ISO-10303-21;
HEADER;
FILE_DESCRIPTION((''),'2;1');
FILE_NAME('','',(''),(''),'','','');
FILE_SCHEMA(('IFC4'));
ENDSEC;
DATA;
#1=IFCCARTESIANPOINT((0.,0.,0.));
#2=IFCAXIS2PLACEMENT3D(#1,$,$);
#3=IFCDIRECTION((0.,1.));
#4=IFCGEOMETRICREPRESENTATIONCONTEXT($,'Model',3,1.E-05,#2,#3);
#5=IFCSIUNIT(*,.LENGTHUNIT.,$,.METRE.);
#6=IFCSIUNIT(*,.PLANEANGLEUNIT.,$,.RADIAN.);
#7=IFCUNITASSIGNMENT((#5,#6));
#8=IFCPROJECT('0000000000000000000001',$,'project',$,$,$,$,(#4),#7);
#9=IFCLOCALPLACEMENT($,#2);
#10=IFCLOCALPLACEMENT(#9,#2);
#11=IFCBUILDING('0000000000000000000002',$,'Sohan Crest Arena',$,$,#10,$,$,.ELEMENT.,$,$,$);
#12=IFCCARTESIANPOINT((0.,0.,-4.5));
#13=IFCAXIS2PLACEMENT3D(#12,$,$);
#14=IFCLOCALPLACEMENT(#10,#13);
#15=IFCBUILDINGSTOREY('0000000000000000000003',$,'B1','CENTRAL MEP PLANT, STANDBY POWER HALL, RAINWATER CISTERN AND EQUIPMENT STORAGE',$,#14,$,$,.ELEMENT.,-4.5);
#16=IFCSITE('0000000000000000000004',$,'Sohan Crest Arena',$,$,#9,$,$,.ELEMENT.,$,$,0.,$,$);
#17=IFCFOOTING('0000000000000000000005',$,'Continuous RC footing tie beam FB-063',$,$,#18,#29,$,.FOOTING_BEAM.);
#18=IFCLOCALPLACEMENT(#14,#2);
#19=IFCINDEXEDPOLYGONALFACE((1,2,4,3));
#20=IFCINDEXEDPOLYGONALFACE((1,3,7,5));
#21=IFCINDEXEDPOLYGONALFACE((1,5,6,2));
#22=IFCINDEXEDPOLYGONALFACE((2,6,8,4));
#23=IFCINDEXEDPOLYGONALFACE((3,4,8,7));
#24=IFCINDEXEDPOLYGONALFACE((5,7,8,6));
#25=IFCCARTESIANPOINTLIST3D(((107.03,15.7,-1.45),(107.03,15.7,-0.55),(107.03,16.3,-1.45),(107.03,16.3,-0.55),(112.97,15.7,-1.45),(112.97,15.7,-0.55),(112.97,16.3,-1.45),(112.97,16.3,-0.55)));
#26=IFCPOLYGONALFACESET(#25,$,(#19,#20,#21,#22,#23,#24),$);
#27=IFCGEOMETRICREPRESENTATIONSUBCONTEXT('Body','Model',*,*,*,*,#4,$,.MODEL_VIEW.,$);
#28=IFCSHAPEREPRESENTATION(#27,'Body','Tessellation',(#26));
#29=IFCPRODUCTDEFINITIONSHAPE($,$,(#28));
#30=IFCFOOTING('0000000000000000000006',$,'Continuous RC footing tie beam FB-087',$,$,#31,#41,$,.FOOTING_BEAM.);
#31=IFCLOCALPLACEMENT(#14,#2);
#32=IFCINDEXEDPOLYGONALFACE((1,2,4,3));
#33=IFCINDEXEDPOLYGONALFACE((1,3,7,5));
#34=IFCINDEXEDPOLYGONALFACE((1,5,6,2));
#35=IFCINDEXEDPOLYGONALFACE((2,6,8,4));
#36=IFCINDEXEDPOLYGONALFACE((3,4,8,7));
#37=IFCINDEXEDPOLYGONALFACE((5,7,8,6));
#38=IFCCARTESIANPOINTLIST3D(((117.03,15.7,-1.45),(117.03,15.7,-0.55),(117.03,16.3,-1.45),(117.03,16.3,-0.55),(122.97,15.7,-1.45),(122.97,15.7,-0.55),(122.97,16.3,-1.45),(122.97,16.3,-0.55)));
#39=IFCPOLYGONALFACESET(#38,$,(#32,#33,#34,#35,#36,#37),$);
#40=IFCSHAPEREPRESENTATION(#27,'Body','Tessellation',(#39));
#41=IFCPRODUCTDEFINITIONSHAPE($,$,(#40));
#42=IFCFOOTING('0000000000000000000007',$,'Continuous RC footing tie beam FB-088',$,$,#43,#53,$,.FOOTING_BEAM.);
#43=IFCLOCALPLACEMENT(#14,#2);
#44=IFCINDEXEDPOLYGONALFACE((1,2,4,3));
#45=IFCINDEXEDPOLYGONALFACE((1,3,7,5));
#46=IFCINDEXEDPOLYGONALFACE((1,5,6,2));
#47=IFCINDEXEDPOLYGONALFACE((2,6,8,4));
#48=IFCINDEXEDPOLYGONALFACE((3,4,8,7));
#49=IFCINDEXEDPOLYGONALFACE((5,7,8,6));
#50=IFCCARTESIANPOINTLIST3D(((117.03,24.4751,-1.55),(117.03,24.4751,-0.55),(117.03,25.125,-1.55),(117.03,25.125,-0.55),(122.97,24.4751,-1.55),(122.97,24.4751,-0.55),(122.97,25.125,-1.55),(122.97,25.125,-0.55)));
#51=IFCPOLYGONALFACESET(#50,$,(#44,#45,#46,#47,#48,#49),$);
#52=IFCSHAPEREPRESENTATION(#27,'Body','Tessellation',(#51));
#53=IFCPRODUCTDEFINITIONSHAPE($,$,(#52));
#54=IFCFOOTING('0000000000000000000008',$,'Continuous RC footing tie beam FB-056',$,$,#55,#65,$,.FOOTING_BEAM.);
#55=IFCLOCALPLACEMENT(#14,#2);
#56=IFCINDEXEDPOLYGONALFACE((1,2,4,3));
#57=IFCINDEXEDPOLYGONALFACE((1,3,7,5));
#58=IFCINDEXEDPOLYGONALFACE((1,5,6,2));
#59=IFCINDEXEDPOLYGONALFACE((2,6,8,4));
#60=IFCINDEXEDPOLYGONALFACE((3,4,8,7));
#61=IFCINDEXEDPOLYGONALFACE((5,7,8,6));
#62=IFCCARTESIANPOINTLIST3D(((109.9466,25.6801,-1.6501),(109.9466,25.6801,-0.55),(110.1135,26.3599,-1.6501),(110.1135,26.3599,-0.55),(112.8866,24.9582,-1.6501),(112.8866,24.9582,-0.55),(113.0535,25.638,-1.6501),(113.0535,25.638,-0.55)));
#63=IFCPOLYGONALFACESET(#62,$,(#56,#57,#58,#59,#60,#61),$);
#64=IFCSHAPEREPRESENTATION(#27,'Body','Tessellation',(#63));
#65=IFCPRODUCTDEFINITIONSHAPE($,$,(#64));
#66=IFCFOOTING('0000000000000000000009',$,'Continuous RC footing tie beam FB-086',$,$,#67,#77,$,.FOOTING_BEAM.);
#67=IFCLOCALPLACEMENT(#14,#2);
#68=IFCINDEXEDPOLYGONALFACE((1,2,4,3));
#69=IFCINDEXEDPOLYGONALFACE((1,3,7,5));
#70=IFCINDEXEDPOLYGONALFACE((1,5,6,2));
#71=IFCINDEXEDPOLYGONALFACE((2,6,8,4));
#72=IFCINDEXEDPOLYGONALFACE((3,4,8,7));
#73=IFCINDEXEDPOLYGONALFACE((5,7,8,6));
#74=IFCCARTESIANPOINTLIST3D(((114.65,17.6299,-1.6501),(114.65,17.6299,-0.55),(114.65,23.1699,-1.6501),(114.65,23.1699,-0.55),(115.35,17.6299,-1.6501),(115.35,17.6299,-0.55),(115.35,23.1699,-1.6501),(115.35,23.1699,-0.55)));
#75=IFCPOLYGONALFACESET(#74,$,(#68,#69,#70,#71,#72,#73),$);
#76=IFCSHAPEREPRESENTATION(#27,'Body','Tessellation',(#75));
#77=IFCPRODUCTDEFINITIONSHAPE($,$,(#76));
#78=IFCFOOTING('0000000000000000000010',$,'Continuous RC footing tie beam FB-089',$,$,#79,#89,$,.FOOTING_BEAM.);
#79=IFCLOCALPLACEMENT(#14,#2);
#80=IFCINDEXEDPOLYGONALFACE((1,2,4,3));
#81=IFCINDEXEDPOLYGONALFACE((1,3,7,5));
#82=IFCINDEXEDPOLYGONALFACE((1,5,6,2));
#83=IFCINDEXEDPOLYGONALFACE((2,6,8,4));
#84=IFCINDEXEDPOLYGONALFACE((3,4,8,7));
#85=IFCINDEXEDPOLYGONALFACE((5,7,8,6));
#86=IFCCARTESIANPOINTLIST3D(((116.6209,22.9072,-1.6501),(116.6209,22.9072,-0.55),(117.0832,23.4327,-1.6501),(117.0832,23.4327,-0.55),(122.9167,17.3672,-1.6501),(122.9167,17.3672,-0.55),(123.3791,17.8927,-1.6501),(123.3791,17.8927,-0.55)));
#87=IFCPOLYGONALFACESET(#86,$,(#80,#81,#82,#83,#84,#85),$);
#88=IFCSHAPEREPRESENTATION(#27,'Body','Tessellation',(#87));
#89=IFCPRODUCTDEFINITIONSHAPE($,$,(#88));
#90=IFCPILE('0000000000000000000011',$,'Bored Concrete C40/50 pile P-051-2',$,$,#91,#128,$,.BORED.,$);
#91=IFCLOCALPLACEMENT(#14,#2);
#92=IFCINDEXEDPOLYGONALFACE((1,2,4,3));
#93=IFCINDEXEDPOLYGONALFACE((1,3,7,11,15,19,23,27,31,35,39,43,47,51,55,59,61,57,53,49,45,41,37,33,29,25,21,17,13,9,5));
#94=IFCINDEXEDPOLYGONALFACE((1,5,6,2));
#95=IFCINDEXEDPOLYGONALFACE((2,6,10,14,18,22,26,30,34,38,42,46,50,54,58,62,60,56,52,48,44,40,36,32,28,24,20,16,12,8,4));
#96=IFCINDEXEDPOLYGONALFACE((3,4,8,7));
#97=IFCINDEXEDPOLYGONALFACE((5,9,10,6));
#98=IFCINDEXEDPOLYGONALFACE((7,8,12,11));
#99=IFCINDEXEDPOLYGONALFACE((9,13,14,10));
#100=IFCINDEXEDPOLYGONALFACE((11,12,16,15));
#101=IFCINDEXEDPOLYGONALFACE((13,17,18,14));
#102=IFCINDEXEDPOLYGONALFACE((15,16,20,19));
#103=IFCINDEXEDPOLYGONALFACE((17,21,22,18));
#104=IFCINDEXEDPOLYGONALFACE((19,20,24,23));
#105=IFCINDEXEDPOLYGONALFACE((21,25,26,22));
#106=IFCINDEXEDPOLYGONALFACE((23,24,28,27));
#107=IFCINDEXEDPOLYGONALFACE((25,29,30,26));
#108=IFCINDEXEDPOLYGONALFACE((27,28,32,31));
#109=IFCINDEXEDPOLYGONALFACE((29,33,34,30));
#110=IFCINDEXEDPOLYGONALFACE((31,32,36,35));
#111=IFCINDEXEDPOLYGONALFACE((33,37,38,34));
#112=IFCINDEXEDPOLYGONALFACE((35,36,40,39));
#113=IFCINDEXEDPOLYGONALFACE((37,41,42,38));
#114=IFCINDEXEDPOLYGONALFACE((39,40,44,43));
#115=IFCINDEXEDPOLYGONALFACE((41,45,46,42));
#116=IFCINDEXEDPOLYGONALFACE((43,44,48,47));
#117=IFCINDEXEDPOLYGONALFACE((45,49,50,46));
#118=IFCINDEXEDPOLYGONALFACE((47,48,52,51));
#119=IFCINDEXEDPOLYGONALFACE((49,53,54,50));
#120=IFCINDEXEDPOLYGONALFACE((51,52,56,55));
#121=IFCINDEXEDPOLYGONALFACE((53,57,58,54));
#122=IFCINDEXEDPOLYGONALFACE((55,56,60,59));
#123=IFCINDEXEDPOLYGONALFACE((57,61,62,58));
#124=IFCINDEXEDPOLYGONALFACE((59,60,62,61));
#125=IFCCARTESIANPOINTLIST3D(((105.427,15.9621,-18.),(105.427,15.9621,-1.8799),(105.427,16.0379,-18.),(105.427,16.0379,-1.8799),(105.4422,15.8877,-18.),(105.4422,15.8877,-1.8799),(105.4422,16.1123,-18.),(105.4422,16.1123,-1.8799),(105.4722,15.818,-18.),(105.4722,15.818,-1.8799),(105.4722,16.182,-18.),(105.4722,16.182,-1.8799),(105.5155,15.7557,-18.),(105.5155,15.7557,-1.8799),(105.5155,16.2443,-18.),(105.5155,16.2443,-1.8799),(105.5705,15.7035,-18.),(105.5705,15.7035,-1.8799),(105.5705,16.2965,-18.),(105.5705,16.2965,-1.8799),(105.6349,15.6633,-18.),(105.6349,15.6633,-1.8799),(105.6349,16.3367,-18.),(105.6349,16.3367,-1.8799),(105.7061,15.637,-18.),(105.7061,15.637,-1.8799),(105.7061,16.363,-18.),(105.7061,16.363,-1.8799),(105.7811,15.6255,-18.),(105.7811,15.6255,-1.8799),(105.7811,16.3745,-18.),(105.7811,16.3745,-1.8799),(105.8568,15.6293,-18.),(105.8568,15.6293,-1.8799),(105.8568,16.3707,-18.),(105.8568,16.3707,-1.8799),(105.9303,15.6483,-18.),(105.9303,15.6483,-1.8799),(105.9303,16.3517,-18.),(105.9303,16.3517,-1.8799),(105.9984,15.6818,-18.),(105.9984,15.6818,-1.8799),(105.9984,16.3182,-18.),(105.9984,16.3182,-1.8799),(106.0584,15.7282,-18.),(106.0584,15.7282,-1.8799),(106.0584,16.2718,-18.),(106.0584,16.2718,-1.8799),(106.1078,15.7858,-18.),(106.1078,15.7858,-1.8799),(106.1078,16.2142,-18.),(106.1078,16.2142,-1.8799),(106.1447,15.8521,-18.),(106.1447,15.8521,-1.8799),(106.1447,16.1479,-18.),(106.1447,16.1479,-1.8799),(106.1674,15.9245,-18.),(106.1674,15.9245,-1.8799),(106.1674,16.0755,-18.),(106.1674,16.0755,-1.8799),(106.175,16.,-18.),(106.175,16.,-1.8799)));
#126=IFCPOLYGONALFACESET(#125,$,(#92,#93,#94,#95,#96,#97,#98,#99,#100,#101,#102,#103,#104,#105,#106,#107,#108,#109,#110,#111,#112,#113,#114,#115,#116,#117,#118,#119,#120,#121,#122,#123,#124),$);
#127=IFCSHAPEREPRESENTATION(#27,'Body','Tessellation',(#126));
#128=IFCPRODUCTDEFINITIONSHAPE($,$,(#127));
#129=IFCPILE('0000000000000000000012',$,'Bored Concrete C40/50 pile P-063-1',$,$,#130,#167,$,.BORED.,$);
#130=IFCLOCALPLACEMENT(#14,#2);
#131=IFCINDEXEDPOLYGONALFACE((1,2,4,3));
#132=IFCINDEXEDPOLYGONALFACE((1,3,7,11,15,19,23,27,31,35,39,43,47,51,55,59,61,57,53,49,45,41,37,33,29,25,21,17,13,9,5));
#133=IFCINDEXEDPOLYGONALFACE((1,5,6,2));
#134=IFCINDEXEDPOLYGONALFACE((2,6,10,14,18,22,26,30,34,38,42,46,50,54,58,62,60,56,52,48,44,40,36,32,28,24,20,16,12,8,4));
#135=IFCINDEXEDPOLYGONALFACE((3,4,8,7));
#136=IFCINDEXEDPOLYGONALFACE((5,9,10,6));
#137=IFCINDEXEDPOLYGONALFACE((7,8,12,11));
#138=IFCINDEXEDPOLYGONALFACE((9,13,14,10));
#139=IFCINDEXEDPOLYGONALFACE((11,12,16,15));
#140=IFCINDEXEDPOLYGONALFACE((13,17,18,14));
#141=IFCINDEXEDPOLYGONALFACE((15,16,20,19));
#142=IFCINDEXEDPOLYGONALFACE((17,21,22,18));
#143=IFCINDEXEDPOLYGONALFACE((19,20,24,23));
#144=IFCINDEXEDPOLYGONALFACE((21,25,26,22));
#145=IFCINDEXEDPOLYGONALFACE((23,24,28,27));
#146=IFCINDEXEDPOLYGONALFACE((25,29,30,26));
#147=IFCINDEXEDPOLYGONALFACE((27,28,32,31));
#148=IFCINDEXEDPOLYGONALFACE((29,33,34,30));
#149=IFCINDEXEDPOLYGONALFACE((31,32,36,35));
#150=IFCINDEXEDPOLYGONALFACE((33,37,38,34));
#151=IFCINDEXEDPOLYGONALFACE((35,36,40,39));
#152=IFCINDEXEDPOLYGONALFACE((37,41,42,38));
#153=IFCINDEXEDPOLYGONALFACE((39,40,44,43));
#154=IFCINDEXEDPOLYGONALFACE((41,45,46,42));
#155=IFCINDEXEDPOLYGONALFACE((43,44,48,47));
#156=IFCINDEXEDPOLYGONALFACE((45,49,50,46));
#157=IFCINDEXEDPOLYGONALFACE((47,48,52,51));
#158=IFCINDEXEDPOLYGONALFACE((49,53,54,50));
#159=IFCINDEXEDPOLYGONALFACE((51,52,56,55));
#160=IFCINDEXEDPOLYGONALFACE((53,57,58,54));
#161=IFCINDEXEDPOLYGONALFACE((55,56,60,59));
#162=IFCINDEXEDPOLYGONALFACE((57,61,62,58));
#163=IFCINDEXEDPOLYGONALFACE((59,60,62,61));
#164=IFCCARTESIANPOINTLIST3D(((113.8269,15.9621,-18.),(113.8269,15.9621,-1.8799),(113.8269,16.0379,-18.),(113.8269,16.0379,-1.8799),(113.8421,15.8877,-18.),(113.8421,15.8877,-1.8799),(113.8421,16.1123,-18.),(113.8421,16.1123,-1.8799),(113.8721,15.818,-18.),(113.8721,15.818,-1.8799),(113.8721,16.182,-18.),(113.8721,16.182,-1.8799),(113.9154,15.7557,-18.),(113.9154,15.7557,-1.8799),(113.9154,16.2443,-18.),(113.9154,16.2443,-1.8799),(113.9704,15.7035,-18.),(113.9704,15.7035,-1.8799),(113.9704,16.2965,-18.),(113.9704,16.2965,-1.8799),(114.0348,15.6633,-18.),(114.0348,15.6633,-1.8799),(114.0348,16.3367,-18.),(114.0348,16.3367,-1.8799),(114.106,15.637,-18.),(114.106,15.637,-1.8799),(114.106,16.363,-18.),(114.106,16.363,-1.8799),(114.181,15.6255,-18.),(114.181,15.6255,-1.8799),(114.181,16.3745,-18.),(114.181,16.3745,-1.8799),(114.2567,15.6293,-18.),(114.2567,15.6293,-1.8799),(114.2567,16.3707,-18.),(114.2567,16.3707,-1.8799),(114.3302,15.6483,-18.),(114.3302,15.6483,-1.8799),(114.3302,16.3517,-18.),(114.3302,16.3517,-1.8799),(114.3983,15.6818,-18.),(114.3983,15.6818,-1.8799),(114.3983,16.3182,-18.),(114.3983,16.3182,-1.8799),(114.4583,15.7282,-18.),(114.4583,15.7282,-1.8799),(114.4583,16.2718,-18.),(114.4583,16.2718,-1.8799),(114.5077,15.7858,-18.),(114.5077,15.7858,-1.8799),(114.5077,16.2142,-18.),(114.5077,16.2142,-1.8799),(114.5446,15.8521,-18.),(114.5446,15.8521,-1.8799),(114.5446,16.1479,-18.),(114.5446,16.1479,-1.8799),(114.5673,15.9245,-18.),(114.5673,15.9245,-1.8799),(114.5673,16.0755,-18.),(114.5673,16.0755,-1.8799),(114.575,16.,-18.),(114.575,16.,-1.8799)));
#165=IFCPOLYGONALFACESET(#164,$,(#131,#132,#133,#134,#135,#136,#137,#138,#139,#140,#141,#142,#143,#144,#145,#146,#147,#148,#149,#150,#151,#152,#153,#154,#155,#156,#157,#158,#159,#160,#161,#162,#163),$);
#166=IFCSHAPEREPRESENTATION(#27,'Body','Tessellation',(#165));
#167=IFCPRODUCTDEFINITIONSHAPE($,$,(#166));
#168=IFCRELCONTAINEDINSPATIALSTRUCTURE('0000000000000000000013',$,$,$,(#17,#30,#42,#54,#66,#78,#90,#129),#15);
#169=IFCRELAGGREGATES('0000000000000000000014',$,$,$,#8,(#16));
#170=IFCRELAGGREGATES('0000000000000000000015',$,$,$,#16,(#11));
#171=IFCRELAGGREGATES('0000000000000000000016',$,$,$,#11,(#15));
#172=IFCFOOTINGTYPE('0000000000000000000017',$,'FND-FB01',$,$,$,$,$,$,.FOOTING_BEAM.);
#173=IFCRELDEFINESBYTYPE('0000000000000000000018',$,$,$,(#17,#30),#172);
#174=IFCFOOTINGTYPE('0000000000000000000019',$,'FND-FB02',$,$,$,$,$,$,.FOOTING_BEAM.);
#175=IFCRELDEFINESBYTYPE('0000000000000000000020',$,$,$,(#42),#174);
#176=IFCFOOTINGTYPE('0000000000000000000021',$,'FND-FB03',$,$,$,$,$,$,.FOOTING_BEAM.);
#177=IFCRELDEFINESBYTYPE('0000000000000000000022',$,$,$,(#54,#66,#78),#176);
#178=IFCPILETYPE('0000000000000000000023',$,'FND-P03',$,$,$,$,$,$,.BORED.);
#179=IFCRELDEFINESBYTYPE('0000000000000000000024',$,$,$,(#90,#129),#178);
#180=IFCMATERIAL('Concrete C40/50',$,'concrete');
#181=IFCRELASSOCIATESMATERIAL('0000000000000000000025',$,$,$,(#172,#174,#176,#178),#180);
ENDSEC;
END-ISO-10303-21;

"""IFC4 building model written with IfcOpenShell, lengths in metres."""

from ifc_helpers import new_model, si_unit, direction, frame, origin, origin_2d, place, context, subcontext, project, spatial, rectangle, circle, extrude, material, material_profile, profile_set, type_object, element, save


model = new_model("IFC4")

# Units and contexts
model_context = context("Model", 3, precision=1e-05, world=origin(), true_north=direction((0.0, 1.0)))
body_context = subcontext(model_context, "Body", "Model", "MODEL_VIEW")
ifc_project = project(units=[si_unit("LENGTHUNIT", "METRE"), si_unit("PLANEANGLEUNIT", "RADIAN")], contexts=[model_context])

# Site, building, storey
site_placement = place(None, origin())
site = spatial("IfcSite", under=ifc_project, at=site_placement, Name="Sohan Crest Arena", CompositionType="ELEMENT", RefElevation=0.0)
building_placement = place(site_placement, origin())
building = spatial("IfcBuilding", under=site, at=building_placement, Name="Sohan Crest Arena", CompositionType="ELEMENT")
storey_placement = place(building_placement, frame((0.0, 0.0, -4.5)))
storey = spatial("IfcBuildingStorey", under=building, at=storey_placement, Name="B1", Description="CENTRAL MEP PLANT, STANDBY POWER HALL, RAINWATER CISTERN AND EQUIPMENT STORAGE", CompositionType="ELEMENT", Elevation=-4.5)

# Footings
ifc_material_1 = material(Name="Concrete C40/50", Category="concrete")
ifc_material_profile_1 = material_profile(ifc_material_1, rectangle(XDim=0.6001, YDim=0.8999, at=origin_2d()), Name="RC-FB 600x900")
ifc_profile_set_1 = profile_set([ifc_material_profile_1], Name="Concrete C40/50")
footing_type_1 = type_object("IfcFootingType", Name="FND-FB01", PredefinedType="FOOTING_BEAM", material=ifc_profile_set_1)
for number, where, z_axis, x_axis, name in (
    (1, (107.03, 16.0, -1.0), (1.0, 0.0, 0.0), (0.0, 1.0, 0.0), "Continuous RC footing tie beam FB-063"),
    (2, (117.03, 16.0, -1.0), (1.0, 0.0, 0.0), (0.0, 1.0, 0.0), "Continuous RC footing tie beam FB-087"),
):
    element("IfcFooting", number, at=place(storey_placement, frame(where, z_axis=z_axis, x_axis=x_axis)), inside=storey, type_object=footing_type_1, Name=name, PredefinedType="FOOTING_BEAM", context=body_context, shape_type="SweptSolid", body=[
        extrude(rectangle(XDim=0.6001, YDim=0.8999, at=origin_2d()), origin(), (0.0, 0.0, 1.0), 5.9399),
    ])
ifc_material_profile_2 = material_profile(ifc_material_1, rectangle(XDim=0.6499, YDim=1.0, at=origin_2d()), Name="RC-FB 650x1000")
ifc_profile_set_2 = profile_set([ifc_material_profile_2], Name="Concrete C40/50")
footing_type_2 = type_object("IfcFootingType", Name="FND-FB02", PredefinedType="FOOTING_BEAM", material=ifc_profile_set_2)
footing_1_placement = place(storey_placement, frame((117.03, 24.8, -1.05), z_axis=(1.0, 0.0, 0.0), x_axis=(0.0, 1.0, 0.0)))
element("IfcFooting", 3, at=footing_1_placement, inside=storey, type_object=footing_type_2, Name="Continuous RC footing tie beam FB-088", PredefinedType="FOOTING_BEAM", context=body_context, shape_type="SweptSolid", body=[
    extrude(rectangle(XDim=0.6499, YDim=1.0, at=origin_2d()), origin(), (0.0, 0.0, 1.0), 5.9399),
])
ifc_material_profile_3 = material_profile(ifc_material_1, rectangle(XDim=0.7, YDim=1.1001, at=origin_2d()), Name="RC-FB 700x1100")
ifc_profile_set_3 = profile_set([ifc_material_profile_3], Name="Concrete C40/50")
footing_type_3 = type_object("IfcFootingType", Name="FND-FB03", PredefinedType="FOOTING_BEAM", material=ifc_profile_set_3)
footing_2_placement = place(storey_placement, frame((110.03, 26.02, -1.1001), z_axis=(0.971149, -0.238473, 0.0), x_axis=(0.238473, 0.971149, 0.0)))
element("IfcFooting", 4, at=footing_2_placement, inside=storey, type_object=footing_type_3, Name="Continuous RC footing tie beam FB-056", PredefinedType="FOOTING_BEAM", context=body_context, shape_type="SweptSolid", body=[
    extrude(rectangle(XDim=0.7, YDim=1.1001, at=origin_2d()), origin(), (0.0, 0.0, 1.0), 3.0273),
])
footing_3_placement = place(storey_placement, frame((115.0, 17.6299, -1.1001), z_axis=(0.0, 1.0, 0.0), x_axis=(-1.0, 0.0, 0.0)))
element("IfcFooting", 5, at=footing_3_placement, inside=storey, type_object=footing_type_3, Name="Continuous RC footing tie beam FB-086", PredefinedType="FOOTING_BEAM", context=body_context, shape_type="SweptSolid", body=[
    extrude(rectangle(XDim=0.7, YDim=1.1001, at=origin_2d()), origin(), (0.0, 0.0, 1.0), 5.54),
])
footing_4_placement = place(storey_placement, frame((116.8521, 23.1699, -1.1001), z_axis=(0.750734, -0.660604, 0.0), x_axis=(0.660604, 0.750734, 0.0)))
element("IfcFooting", 6, at=footing_4_placement, inside=storey, type_object=footing_type_3, Name="Continuous RC footing tie beam FB-089", PredefinedType="FOOTING_BEAM", context=body_context, shape_type="SweptSolid", body=[
    extrude(rectangle(XDim=0.7, YDim=1.1001, at=origin_2d()), origin(), (0.0, 0.0, 1.0), 8.3862),
])

# Piles
ifc_material_profile_4 = material_profile(ifc_material_1, circle(Radius=0.375, at=origin_2d()), Name="PILE D750")
ifc_profile_set_4 = profile_set([ifc_material_profile_4], Name="Concrete C40/50")
pile_type = type_object("IfcPileType", Name="FND-P03", PredefinedType="BORED", material=ifc_profile_set_4)
for number, where, z_axis, x_axis, name in (
    (7, (105.8, 16.0, -18.0), (0.0, 0.0, 1.0), (1.0, 0.0, 0.0), "Bored Concrete C40/50 pile P-051-2"),
    (8, (114.2, 16.0, -18.0), (0.0, 0.0, 1.0), (1.0, 0.0, 0.0), "Bored Concrete C40/50 pile P-063-1"),
):
    element("IfcPile", number, at=place(storey_placement, frame(where, z_axis=z_axis, x_axis=x_axis)), inside=storey, type_object=pile_type, Name=name, PredefinedType="BORED", context=body_context, shape_type="SweptSolid", body=[
        extrude(circle(Radius=0.375, at=origin_2d()), origin(), (0.0, 0.0, 1.0), 16.1201),
    ])

save(model, "model.ifc")
